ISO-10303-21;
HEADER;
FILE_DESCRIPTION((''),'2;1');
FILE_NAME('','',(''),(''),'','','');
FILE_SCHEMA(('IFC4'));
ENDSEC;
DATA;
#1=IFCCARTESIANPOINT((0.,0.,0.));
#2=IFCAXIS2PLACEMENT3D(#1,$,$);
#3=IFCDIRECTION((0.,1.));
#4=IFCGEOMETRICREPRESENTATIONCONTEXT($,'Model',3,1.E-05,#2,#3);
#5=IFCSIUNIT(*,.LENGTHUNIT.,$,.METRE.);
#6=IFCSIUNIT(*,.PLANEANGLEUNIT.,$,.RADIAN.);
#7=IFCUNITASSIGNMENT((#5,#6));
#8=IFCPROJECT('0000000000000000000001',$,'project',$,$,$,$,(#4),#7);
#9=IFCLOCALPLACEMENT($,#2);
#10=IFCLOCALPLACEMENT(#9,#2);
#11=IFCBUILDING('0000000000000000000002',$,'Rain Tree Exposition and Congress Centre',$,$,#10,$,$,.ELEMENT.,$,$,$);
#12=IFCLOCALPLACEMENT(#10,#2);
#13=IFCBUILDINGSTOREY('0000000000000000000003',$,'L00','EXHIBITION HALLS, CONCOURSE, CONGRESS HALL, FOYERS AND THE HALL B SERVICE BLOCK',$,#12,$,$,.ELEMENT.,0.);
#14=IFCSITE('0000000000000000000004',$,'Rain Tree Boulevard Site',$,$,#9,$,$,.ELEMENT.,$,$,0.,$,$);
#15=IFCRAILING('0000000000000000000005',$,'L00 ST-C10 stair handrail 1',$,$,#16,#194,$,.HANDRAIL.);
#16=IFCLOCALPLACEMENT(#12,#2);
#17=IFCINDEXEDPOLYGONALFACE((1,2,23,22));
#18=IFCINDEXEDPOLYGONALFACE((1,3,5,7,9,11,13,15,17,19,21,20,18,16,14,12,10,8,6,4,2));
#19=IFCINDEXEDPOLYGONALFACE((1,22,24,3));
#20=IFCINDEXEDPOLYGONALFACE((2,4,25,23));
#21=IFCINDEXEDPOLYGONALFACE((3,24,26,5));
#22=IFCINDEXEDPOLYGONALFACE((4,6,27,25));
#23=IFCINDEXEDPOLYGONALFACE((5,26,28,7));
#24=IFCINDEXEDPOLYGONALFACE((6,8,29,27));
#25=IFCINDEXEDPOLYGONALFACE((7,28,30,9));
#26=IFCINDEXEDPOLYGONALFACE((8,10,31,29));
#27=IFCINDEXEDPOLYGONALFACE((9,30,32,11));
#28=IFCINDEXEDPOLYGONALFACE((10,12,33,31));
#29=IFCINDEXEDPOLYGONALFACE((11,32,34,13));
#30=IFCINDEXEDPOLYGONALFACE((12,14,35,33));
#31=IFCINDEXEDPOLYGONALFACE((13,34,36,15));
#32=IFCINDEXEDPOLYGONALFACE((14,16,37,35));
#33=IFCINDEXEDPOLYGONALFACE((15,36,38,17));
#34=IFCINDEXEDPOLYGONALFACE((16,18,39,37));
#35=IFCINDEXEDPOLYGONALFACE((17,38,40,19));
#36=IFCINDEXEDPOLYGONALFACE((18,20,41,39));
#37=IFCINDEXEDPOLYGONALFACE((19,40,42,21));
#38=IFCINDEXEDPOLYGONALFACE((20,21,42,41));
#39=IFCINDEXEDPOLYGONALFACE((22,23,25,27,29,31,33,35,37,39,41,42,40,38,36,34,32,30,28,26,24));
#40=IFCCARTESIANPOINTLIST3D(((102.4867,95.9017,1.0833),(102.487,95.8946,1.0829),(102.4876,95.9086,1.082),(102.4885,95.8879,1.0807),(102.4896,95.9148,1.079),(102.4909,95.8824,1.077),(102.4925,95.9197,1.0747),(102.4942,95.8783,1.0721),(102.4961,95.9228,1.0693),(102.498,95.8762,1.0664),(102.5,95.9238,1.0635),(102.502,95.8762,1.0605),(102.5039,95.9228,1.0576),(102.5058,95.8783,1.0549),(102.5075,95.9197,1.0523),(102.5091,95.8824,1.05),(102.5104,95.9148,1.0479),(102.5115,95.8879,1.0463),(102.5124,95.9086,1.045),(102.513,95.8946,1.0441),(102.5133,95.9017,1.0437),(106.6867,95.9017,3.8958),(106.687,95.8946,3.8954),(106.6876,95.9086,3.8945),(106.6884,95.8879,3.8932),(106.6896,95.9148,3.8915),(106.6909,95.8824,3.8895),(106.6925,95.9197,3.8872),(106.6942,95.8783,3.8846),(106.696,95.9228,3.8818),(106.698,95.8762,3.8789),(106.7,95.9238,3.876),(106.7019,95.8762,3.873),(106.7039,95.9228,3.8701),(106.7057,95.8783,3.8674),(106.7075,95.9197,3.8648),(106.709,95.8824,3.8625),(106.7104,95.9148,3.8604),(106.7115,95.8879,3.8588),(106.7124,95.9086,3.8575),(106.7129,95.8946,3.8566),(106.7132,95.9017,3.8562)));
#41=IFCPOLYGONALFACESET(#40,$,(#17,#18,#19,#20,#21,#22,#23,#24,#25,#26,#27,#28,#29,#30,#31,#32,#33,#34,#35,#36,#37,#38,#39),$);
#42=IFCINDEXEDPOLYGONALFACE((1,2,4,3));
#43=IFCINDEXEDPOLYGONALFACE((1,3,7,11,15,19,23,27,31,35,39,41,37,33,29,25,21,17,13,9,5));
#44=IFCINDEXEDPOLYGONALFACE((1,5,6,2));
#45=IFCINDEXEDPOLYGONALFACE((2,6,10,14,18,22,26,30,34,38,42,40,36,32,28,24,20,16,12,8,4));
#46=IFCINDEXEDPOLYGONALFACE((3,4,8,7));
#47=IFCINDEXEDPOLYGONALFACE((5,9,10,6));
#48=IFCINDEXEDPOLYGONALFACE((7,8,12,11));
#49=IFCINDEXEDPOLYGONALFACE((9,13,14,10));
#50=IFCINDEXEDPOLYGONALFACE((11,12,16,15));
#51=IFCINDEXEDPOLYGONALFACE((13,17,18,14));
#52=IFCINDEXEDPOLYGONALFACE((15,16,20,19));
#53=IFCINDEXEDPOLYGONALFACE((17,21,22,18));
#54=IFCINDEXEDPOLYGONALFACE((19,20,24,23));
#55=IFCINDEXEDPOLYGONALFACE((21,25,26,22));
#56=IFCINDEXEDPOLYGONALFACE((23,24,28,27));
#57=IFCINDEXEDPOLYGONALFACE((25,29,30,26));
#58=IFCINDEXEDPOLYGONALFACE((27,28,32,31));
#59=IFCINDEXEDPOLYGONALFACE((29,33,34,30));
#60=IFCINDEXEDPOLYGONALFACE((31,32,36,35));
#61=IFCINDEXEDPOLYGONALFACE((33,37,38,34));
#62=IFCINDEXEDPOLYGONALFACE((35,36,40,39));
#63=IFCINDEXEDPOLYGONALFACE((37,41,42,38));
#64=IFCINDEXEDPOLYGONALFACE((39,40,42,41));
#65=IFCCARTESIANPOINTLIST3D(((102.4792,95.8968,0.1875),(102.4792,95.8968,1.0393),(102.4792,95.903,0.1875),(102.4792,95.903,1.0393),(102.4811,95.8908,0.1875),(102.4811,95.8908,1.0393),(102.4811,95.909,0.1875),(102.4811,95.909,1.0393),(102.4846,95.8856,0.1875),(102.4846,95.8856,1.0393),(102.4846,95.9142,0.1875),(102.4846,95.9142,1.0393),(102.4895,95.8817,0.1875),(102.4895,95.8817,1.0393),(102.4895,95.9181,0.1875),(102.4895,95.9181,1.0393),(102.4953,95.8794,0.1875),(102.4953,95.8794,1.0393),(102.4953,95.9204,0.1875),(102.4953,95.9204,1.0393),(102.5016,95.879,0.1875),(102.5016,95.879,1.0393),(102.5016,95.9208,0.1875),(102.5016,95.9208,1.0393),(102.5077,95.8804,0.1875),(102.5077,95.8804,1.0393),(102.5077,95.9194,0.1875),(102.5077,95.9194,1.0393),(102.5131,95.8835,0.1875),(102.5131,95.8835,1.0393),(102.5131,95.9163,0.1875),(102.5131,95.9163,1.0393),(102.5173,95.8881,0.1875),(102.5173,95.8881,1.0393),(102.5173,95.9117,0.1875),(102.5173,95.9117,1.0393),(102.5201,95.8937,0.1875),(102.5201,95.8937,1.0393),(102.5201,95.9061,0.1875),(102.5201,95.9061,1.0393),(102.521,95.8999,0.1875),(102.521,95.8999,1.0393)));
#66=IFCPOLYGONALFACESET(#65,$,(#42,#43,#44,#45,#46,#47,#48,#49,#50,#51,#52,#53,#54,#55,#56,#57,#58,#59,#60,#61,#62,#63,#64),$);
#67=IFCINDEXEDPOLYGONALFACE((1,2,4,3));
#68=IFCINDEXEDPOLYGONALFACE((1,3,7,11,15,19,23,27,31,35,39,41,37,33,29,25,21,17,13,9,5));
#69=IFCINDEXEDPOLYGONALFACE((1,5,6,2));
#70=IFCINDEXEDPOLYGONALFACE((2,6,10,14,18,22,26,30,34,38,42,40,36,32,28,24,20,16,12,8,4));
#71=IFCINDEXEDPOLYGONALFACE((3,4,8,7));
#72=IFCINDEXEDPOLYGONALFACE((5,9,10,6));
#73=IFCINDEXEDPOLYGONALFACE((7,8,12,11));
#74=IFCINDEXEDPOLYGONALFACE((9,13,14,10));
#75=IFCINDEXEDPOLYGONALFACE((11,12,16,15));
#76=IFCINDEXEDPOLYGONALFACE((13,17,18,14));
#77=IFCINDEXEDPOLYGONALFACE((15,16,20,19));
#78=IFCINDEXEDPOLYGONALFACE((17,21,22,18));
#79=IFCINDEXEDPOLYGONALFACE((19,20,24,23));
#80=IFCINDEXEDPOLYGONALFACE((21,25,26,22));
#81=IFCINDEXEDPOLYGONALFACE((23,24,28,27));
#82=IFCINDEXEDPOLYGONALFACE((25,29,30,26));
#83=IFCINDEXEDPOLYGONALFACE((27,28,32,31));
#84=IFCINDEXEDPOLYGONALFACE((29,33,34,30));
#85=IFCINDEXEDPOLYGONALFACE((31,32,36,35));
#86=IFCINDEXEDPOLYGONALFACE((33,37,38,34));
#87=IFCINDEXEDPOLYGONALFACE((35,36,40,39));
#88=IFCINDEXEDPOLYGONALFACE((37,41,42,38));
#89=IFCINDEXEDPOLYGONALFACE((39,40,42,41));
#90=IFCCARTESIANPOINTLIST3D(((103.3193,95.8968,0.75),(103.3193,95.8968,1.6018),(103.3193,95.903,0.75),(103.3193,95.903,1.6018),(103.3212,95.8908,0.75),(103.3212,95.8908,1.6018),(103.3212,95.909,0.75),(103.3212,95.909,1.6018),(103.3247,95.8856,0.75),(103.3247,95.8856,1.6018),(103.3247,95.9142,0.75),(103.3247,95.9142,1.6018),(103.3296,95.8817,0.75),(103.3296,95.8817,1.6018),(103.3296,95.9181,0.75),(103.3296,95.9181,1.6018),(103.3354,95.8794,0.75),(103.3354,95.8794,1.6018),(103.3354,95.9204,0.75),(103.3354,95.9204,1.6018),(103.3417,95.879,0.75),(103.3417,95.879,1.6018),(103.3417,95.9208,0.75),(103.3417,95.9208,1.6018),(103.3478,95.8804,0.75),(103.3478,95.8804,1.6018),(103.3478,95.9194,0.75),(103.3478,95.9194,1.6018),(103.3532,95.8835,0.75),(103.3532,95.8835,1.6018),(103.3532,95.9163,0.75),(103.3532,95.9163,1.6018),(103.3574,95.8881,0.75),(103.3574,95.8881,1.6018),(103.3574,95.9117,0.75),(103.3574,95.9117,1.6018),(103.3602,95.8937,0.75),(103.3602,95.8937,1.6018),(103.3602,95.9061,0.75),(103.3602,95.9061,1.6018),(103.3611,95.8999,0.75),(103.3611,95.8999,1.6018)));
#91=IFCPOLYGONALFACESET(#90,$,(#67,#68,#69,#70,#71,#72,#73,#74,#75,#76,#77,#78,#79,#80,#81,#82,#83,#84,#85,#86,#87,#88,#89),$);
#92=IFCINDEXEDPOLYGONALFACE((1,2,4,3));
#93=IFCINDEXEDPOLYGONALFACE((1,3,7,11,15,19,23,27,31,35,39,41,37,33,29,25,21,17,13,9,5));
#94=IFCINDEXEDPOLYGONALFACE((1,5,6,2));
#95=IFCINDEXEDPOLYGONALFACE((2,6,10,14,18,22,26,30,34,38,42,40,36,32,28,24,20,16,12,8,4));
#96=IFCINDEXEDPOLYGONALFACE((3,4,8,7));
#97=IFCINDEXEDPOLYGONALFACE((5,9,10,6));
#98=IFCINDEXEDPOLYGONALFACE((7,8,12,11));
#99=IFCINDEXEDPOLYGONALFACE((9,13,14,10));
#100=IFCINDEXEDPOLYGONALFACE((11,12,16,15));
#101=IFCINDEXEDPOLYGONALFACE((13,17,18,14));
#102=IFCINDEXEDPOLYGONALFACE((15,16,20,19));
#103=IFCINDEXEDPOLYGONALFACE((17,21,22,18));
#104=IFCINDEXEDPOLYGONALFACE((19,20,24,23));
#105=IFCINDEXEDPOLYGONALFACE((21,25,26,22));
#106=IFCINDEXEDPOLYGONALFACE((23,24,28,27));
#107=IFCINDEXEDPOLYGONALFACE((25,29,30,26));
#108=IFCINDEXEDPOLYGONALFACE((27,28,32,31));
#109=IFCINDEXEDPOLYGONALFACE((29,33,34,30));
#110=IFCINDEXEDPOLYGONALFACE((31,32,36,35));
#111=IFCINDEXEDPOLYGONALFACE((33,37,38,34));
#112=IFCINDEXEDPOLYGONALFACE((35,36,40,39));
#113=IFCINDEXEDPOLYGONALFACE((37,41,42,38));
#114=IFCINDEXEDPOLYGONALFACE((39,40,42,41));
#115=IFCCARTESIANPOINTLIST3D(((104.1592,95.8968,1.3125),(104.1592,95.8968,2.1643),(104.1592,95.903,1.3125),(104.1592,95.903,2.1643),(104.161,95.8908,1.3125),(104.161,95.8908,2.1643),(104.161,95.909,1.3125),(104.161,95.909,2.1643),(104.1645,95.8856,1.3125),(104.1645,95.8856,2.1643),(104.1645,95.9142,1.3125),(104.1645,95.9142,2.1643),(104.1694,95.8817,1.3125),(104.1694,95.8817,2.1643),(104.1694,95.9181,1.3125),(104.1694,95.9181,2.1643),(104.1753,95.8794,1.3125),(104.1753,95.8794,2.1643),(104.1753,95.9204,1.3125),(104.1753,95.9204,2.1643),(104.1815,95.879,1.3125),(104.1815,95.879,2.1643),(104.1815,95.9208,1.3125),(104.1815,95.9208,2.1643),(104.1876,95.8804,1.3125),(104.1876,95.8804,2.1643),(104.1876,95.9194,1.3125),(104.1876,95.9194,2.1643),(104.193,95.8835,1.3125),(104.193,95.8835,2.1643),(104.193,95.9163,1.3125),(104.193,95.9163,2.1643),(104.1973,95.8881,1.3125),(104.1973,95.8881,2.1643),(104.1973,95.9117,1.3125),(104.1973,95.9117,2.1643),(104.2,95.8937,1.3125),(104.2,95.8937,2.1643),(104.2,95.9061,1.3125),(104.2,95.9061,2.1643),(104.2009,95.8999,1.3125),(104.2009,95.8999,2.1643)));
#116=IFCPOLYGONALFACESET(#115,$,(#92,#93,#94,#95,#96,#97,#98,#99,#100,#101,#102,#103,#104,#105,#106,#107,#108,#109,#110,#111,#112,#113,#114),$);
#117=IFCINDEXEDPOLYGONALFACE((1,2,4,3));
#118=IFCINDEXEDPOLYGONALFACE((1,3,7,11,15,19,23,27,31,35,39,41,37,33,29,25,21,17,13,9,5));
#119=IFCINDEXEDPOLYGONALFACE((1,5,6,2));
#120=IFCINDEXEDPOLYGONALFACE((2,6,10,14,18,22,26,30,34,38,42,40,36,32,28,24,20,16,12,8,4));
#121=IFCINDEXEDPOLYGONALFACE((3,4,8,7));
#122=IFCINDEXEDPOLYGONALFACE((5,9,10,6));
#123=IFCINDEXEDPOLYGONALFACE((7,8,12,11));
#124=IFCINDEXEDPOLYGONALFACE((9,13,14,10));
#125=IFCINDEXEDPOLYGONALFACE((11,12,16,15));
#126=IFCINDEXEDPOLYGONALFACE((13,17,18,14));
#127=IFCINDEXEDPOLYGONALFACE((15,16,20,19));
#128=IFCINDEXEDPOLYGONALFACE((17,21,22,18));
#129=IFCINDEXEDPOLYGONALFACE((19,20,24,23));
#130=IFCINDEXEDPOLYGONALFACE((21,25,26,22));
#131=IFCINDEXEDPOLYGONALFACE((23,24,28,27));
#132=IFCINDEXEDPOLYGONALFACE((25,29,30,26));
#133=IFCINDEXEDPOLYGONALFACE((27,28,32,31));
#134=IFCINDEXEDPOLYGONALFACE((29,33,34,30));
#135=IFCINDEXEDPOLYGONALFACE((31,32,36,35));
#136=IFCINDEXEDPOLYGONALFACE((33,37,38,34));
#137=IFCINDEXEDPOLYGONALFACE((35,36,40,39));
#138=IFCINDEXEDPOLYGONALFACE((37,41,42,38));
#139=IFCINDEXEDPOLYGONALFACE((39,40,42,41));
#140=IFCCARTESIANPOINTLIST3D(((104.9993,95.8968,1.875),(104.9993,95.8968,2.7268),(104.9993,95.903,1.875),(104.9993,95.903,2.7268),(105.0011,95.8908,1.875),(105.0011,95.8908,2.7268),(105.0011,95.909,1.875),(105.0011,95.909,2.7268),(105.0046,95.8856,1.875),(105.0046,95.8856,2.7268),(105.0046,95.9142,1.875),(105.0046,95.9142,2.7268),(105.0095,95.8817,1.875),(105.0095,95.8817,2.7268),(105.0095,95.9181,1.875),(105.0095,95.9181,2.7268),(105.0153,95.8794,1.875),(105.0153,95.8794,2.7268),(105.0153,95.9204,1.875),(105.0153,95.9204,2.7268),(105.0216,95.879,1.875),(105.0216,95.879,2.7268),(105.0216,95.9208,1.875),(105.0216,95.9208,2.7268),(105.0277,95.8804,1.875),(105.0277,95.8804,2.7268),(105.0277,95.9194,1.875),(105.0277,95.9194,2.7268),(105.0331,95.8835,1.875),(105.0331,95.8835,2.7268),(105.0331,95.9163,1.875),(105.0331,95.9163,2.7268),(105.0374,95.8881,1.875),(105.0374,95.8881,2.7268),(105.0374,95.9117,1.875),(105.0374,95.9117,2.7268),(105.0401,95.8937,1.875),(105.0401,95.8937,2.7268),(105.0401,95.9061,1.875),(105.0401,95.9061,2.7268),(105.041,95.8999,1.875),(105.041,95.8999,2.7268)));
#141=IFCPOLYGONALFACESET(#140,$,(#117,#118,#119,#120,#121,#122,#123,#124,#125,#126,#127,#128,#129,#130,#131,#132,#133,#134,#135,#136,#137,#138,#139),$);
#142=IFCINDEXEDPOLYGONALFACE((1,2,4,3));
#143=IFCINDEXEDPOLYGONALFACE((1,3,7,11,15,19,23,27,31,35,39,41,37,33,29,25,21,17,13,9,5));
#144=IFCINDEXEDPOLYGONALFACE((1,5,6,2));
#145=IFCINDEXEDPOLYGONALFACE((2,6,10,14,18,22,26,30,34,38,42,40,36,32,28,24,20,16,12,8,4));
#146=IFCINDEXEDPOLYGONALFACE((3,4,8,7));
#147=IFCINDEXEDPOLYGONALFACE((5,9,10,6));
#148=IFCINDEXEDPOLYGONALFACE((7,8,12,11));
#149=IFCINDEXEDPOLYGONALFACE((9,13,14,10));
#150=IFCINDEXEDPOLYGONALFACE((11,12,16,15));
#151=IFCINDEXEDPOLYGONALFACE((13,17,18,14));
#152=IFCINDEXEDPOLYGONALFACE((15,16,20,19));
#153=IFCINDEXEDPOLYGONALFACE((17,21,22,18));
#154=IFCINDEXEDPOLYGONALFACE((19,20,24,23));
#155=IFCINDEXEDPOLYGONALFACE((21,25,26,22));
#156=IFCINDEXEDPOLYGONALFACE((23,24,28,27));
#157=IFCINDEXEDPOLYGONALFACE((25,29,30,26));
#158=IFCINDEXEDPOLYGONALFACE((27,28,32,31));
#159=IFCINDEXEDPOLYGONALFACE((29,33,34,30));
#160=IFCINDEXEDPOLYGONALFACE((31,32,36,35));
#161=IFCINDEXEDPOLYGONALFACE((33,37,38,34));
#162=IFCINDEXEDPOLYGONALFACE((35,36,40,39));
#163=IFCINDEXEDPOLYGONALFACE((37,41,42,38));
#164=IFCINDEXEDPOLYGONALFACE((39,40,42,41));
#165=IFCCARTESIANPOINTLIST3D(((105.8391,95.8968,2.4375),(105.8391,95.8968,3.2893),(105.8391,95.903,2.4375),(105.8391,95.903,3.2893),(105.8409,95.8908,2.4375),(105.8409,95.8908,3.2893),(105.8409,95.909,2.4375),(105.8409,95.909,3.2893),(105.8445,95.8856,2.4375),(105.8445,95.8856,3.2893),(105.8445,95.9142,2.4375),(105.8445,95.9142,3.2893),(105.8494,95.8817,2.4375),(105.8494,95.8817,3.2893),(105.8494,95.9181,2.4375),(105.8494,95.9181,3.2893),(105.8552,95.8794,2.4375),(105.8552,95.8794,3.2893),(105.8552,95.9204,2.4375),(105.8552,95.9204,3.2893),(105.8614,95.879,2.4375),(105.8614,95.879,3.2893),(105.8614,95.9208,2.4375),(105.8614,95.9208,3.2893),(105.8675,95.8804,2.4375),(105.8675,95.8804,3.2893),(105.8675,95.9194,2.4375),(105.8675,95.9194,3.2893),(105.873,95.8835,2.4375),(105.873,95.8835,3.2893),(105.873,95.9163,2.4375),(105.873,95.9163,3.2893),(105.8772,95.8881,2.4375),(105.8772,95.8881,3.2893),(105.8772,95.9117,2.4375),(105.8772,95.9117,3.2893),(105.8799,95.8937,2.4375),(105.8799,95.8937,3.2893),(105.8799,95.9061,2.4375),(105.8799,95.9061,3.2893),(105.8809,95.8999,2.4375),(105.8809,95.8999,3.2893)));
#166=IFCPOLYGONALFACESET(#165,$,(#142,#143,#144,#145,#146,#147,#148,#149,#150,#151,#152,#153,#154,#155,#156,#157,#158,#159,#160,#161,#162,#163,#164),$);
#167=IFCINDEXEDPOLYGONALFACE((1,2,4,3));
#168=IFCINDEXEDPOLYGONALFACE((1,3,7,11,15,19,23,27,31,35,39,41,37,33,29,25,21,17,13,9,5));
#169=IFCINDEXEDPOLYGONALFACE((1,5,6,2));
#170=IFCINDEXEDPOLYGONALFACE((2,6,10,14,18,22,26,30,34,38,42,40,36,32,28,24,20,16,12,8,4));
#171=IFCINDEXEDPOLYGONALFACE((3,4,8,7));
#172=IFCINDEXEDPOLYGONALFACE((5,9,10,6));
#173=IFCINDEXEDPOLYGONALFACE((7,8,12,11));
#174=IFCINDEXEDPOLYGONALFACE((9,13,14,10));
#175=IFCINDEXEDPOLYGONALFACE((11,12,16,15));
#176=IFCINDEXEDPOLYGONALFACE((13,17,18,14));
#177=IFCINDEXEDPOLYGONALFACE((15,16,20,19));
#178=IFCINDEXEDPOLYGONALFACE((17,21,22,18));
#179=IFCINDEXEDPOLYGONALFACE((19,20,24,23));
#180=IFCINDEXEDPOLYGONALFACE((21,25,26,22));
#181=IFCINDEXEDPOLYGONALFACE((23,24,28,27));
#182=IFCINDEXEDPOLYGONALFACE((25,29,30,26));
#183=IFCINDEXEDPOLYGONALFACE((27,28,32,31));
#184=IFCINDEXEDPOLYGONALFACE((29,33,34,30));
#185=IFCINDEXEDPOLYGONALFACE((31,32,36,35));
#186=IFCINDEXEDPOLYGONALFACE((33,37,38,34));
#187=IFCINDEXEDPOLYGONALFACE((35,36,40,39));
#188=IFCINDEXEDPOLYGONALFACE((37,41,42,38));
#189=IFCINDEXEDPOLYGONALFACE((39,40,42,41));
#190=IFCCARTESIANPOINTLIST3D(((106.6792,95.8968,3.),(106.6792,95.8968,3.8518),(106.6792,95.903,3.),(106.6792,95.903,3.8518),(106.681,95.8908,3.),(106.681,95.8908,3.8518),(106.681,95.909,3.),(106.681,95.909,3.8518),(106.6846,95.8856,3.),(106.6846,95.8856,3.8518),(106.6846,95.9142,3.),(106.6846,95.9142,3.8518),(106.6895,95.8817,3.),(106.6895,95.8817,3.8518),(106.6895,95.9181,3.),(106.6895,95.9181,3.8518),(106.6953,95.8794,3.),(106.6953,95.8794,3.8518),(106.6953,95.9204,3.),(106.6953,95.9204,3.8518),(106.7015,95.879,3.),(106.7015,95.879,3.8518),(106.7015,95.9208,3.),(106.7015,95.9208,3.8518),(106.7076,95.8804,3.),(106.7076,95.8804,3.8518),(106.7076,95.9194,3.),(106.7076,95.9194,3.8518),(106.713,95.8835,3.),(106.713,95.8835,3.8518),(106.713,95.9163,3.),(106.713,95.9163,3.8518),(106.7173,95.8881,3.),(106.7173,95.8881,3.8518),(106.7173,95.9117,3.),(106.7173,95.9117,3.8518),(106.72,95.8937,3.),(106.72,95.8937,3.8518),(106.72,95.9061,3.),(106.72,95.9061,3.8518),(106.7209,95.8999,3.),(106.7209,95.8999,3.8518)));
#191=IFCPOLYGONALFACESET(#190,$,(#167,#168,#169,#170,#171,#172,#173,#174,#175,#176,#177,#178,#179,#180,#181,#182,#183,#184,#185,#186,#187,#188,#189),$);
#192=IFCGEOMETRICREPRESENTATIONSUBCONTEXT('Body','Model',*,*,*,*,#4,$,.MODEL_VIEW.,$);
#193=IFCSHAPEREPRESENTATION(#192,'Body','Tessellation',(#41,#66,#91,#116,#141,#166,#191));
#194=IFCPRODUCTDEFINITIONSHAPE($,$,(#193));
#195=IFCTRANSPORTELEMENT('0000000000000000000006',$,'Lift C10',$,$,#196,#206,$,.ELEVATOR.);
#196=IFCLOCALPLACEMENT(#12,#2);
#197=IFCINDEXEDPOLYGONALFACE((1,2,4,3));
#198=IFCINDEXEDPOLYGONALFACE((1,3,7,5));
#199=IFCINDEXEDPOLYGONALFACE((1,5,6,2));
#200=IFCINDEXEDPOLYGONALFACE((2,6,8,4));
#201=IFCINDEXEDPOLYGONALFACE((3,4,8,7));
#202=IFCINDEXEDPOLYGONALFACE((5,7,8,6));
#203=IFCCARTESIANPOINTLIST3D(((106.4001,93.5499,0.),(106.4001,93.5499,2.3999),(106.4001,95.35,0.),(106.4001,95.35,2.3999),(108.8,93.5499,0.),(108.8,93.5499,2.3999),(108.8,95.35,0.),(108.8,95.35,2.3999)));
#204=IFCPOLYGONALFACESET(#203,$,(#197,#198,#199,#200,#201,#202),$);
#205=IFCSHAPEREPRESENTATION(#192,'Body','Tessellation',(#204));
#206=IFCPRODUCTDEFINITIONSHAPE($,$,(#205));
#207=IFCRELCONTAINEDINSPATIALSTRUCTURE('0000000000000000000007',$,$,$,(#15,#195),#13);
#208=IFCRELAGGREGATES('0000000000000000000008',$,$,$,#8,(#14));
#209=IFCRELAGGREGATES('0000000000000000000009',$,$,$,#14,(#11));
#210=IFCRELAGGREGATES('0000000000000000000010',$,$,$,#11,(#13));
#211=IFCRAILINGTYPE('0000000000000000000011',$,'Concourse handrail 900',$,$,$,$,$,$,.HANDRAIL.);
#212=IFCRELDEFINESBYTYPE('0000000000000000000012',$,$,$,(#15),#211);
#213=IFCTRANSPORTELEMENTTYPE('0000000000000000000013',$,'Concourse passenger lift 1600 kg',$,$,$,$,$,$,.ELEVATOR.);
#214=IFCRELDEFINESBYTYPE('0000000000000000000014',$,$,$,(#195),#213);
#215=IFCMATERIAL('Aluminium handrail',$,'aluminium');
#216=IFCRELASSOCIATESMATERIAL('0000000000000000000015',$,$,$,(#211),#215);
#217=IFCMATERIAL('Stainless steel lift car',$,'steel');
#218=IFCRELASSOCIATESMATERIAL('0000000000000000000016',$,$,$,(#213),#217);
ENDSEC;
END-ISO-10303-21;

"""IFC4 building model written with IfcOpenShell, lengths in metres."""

from ifc_helpers import new_model, si_unit, direction, frame, origin, origin_2d, place, context, subcontext, project, spatial, rectangle, circle, extrude, material, type_object, element, save


model = new_model("IFC4")

# Units and contexts
model_context = context("Model", 3, precision=1e-05, world=origin(), true_north=direction((0.0, 1.0)))
body_context = subcontext(model_context, "Body", "Model", "MODEL_VIEW")
ifc_project = project(units=[si_unit("LENGTHUNIT", "METRE"), si_unit("PLANEANGLEUNIT", "RADIAN")], contexts=[model_context])

# Site, building, storey
site_placement = place(None, origin())
site = spatial("IfcSite", under=ifc_project, at=site_placement, Name="Rain Tree Boulevard Site", CompositionType="ELEMENT", RefElevation=0.0)
building_placement = place(site_placement, origin())
building = spatial("IfcBuilding", under=site, at=building_placement, Name="Rain Tree Exposition and Congress Centre", CompositionType="ELEMENT")
storey_placement = place(building_placement, origin())
storey = spatial("IfcBuildingStorey", under=building, at=storey_placement, Name="L00", Description="EXHIBITION HALLS, CONCOURSE, CONGRESS HALL, FOYERS AND THE HALL B SERVICE BLOCK", CompositionType="ELEMENT", Elevation=0.0)

# Railing
ifc_material_1 = material(Name="Aluminium handrail", Category="aluminium")
railing_type = type_object("IfcRailingType", Name="Concourse handrail 900", PredefinedType="HANDRAIL", material=ifc_material_1)
railing_placement = place(storey_placement, frame((102.5, 95.8999, 0.1875)))
element("IfcRailing", 1, at=railing_placement, inside=storey, type_object=railing_type, Name="L00 ST-C10 stair handrail 1", PredefinedType="HANDRAIL", context=body_context, shape_type="SweptSolid", body=[
    extrude(circle(Radius=0.0239, at=origin_2d()), frame((0.0, 0.0, 0.876), z_axis=(0.830904, 0.0, 0.556416), x_axis=(0.0, 1.0, 0.0)), (0.0, 0.0, 1.0), 5.0547),
    extrude(circle(Radius=0.021, at=origin_2d()), origin(), (0.0, 0.0, 1.0), 0.8518),
    extrude(circle(Radius=0.021, at=origin_2d()), frame((0.8401, 0.0, 0.5625)), (0.0, 0.0, 1.0), 0.8518),
    extrude(circle(Radius=0.021, at=origin_2d()), frame((1.6799, 0.0, 1.125)), (0.0, 0.0, 1.0), 0.8518),
    extrude(circle(Radius=0.021, at=origin_2d()), frame((2.52, 0.0, 1.6875)), (0.0, 0.0, 1.0), 0.8518),
    extrude(circle(Radius=0.021, at=origin_2d()), frame((3.3599, 0.0, 2.25)), (0.0, 0.0, 1.0), 0.8518),
    extrude(circle(Radius=0.021, at=origin_2d()), frame((4.2, 0.0, 2.8125)), (0.0, 0.0, 1.0), 0.8518),
])

# Transport element
ifc_material_2 = material(Name="Stainless steel lift car", Category="steel")
transport_element_type = type_object("IfcTransportElementType", Name="Concourse passenger lift 1600 kg", PredefinedType="ELEVATOR", material=ifc_material_2)
transport_element_placement = place(storey_placement, frame((107.6001, 94.45, 0.0), z_axis=(0.0, 0.0, 1.0), x_axis=(1.0, 0.0, 0.0)))
element("IfcTransportElement", 2, at=transport_element_placement, inside=storey, type_object=transport_element_type, Name="Lift C10", PredefinedType="ELEVATOR", context=body_context, shape_type="SweptSolid", body=[
    extrude(rectangle(XDim=2.3999, YDim=1.8, at=origin_2d()), origin(), (0.0, 0.0, 1.0), 2.3999),
])

save(model, "model.ifc")
